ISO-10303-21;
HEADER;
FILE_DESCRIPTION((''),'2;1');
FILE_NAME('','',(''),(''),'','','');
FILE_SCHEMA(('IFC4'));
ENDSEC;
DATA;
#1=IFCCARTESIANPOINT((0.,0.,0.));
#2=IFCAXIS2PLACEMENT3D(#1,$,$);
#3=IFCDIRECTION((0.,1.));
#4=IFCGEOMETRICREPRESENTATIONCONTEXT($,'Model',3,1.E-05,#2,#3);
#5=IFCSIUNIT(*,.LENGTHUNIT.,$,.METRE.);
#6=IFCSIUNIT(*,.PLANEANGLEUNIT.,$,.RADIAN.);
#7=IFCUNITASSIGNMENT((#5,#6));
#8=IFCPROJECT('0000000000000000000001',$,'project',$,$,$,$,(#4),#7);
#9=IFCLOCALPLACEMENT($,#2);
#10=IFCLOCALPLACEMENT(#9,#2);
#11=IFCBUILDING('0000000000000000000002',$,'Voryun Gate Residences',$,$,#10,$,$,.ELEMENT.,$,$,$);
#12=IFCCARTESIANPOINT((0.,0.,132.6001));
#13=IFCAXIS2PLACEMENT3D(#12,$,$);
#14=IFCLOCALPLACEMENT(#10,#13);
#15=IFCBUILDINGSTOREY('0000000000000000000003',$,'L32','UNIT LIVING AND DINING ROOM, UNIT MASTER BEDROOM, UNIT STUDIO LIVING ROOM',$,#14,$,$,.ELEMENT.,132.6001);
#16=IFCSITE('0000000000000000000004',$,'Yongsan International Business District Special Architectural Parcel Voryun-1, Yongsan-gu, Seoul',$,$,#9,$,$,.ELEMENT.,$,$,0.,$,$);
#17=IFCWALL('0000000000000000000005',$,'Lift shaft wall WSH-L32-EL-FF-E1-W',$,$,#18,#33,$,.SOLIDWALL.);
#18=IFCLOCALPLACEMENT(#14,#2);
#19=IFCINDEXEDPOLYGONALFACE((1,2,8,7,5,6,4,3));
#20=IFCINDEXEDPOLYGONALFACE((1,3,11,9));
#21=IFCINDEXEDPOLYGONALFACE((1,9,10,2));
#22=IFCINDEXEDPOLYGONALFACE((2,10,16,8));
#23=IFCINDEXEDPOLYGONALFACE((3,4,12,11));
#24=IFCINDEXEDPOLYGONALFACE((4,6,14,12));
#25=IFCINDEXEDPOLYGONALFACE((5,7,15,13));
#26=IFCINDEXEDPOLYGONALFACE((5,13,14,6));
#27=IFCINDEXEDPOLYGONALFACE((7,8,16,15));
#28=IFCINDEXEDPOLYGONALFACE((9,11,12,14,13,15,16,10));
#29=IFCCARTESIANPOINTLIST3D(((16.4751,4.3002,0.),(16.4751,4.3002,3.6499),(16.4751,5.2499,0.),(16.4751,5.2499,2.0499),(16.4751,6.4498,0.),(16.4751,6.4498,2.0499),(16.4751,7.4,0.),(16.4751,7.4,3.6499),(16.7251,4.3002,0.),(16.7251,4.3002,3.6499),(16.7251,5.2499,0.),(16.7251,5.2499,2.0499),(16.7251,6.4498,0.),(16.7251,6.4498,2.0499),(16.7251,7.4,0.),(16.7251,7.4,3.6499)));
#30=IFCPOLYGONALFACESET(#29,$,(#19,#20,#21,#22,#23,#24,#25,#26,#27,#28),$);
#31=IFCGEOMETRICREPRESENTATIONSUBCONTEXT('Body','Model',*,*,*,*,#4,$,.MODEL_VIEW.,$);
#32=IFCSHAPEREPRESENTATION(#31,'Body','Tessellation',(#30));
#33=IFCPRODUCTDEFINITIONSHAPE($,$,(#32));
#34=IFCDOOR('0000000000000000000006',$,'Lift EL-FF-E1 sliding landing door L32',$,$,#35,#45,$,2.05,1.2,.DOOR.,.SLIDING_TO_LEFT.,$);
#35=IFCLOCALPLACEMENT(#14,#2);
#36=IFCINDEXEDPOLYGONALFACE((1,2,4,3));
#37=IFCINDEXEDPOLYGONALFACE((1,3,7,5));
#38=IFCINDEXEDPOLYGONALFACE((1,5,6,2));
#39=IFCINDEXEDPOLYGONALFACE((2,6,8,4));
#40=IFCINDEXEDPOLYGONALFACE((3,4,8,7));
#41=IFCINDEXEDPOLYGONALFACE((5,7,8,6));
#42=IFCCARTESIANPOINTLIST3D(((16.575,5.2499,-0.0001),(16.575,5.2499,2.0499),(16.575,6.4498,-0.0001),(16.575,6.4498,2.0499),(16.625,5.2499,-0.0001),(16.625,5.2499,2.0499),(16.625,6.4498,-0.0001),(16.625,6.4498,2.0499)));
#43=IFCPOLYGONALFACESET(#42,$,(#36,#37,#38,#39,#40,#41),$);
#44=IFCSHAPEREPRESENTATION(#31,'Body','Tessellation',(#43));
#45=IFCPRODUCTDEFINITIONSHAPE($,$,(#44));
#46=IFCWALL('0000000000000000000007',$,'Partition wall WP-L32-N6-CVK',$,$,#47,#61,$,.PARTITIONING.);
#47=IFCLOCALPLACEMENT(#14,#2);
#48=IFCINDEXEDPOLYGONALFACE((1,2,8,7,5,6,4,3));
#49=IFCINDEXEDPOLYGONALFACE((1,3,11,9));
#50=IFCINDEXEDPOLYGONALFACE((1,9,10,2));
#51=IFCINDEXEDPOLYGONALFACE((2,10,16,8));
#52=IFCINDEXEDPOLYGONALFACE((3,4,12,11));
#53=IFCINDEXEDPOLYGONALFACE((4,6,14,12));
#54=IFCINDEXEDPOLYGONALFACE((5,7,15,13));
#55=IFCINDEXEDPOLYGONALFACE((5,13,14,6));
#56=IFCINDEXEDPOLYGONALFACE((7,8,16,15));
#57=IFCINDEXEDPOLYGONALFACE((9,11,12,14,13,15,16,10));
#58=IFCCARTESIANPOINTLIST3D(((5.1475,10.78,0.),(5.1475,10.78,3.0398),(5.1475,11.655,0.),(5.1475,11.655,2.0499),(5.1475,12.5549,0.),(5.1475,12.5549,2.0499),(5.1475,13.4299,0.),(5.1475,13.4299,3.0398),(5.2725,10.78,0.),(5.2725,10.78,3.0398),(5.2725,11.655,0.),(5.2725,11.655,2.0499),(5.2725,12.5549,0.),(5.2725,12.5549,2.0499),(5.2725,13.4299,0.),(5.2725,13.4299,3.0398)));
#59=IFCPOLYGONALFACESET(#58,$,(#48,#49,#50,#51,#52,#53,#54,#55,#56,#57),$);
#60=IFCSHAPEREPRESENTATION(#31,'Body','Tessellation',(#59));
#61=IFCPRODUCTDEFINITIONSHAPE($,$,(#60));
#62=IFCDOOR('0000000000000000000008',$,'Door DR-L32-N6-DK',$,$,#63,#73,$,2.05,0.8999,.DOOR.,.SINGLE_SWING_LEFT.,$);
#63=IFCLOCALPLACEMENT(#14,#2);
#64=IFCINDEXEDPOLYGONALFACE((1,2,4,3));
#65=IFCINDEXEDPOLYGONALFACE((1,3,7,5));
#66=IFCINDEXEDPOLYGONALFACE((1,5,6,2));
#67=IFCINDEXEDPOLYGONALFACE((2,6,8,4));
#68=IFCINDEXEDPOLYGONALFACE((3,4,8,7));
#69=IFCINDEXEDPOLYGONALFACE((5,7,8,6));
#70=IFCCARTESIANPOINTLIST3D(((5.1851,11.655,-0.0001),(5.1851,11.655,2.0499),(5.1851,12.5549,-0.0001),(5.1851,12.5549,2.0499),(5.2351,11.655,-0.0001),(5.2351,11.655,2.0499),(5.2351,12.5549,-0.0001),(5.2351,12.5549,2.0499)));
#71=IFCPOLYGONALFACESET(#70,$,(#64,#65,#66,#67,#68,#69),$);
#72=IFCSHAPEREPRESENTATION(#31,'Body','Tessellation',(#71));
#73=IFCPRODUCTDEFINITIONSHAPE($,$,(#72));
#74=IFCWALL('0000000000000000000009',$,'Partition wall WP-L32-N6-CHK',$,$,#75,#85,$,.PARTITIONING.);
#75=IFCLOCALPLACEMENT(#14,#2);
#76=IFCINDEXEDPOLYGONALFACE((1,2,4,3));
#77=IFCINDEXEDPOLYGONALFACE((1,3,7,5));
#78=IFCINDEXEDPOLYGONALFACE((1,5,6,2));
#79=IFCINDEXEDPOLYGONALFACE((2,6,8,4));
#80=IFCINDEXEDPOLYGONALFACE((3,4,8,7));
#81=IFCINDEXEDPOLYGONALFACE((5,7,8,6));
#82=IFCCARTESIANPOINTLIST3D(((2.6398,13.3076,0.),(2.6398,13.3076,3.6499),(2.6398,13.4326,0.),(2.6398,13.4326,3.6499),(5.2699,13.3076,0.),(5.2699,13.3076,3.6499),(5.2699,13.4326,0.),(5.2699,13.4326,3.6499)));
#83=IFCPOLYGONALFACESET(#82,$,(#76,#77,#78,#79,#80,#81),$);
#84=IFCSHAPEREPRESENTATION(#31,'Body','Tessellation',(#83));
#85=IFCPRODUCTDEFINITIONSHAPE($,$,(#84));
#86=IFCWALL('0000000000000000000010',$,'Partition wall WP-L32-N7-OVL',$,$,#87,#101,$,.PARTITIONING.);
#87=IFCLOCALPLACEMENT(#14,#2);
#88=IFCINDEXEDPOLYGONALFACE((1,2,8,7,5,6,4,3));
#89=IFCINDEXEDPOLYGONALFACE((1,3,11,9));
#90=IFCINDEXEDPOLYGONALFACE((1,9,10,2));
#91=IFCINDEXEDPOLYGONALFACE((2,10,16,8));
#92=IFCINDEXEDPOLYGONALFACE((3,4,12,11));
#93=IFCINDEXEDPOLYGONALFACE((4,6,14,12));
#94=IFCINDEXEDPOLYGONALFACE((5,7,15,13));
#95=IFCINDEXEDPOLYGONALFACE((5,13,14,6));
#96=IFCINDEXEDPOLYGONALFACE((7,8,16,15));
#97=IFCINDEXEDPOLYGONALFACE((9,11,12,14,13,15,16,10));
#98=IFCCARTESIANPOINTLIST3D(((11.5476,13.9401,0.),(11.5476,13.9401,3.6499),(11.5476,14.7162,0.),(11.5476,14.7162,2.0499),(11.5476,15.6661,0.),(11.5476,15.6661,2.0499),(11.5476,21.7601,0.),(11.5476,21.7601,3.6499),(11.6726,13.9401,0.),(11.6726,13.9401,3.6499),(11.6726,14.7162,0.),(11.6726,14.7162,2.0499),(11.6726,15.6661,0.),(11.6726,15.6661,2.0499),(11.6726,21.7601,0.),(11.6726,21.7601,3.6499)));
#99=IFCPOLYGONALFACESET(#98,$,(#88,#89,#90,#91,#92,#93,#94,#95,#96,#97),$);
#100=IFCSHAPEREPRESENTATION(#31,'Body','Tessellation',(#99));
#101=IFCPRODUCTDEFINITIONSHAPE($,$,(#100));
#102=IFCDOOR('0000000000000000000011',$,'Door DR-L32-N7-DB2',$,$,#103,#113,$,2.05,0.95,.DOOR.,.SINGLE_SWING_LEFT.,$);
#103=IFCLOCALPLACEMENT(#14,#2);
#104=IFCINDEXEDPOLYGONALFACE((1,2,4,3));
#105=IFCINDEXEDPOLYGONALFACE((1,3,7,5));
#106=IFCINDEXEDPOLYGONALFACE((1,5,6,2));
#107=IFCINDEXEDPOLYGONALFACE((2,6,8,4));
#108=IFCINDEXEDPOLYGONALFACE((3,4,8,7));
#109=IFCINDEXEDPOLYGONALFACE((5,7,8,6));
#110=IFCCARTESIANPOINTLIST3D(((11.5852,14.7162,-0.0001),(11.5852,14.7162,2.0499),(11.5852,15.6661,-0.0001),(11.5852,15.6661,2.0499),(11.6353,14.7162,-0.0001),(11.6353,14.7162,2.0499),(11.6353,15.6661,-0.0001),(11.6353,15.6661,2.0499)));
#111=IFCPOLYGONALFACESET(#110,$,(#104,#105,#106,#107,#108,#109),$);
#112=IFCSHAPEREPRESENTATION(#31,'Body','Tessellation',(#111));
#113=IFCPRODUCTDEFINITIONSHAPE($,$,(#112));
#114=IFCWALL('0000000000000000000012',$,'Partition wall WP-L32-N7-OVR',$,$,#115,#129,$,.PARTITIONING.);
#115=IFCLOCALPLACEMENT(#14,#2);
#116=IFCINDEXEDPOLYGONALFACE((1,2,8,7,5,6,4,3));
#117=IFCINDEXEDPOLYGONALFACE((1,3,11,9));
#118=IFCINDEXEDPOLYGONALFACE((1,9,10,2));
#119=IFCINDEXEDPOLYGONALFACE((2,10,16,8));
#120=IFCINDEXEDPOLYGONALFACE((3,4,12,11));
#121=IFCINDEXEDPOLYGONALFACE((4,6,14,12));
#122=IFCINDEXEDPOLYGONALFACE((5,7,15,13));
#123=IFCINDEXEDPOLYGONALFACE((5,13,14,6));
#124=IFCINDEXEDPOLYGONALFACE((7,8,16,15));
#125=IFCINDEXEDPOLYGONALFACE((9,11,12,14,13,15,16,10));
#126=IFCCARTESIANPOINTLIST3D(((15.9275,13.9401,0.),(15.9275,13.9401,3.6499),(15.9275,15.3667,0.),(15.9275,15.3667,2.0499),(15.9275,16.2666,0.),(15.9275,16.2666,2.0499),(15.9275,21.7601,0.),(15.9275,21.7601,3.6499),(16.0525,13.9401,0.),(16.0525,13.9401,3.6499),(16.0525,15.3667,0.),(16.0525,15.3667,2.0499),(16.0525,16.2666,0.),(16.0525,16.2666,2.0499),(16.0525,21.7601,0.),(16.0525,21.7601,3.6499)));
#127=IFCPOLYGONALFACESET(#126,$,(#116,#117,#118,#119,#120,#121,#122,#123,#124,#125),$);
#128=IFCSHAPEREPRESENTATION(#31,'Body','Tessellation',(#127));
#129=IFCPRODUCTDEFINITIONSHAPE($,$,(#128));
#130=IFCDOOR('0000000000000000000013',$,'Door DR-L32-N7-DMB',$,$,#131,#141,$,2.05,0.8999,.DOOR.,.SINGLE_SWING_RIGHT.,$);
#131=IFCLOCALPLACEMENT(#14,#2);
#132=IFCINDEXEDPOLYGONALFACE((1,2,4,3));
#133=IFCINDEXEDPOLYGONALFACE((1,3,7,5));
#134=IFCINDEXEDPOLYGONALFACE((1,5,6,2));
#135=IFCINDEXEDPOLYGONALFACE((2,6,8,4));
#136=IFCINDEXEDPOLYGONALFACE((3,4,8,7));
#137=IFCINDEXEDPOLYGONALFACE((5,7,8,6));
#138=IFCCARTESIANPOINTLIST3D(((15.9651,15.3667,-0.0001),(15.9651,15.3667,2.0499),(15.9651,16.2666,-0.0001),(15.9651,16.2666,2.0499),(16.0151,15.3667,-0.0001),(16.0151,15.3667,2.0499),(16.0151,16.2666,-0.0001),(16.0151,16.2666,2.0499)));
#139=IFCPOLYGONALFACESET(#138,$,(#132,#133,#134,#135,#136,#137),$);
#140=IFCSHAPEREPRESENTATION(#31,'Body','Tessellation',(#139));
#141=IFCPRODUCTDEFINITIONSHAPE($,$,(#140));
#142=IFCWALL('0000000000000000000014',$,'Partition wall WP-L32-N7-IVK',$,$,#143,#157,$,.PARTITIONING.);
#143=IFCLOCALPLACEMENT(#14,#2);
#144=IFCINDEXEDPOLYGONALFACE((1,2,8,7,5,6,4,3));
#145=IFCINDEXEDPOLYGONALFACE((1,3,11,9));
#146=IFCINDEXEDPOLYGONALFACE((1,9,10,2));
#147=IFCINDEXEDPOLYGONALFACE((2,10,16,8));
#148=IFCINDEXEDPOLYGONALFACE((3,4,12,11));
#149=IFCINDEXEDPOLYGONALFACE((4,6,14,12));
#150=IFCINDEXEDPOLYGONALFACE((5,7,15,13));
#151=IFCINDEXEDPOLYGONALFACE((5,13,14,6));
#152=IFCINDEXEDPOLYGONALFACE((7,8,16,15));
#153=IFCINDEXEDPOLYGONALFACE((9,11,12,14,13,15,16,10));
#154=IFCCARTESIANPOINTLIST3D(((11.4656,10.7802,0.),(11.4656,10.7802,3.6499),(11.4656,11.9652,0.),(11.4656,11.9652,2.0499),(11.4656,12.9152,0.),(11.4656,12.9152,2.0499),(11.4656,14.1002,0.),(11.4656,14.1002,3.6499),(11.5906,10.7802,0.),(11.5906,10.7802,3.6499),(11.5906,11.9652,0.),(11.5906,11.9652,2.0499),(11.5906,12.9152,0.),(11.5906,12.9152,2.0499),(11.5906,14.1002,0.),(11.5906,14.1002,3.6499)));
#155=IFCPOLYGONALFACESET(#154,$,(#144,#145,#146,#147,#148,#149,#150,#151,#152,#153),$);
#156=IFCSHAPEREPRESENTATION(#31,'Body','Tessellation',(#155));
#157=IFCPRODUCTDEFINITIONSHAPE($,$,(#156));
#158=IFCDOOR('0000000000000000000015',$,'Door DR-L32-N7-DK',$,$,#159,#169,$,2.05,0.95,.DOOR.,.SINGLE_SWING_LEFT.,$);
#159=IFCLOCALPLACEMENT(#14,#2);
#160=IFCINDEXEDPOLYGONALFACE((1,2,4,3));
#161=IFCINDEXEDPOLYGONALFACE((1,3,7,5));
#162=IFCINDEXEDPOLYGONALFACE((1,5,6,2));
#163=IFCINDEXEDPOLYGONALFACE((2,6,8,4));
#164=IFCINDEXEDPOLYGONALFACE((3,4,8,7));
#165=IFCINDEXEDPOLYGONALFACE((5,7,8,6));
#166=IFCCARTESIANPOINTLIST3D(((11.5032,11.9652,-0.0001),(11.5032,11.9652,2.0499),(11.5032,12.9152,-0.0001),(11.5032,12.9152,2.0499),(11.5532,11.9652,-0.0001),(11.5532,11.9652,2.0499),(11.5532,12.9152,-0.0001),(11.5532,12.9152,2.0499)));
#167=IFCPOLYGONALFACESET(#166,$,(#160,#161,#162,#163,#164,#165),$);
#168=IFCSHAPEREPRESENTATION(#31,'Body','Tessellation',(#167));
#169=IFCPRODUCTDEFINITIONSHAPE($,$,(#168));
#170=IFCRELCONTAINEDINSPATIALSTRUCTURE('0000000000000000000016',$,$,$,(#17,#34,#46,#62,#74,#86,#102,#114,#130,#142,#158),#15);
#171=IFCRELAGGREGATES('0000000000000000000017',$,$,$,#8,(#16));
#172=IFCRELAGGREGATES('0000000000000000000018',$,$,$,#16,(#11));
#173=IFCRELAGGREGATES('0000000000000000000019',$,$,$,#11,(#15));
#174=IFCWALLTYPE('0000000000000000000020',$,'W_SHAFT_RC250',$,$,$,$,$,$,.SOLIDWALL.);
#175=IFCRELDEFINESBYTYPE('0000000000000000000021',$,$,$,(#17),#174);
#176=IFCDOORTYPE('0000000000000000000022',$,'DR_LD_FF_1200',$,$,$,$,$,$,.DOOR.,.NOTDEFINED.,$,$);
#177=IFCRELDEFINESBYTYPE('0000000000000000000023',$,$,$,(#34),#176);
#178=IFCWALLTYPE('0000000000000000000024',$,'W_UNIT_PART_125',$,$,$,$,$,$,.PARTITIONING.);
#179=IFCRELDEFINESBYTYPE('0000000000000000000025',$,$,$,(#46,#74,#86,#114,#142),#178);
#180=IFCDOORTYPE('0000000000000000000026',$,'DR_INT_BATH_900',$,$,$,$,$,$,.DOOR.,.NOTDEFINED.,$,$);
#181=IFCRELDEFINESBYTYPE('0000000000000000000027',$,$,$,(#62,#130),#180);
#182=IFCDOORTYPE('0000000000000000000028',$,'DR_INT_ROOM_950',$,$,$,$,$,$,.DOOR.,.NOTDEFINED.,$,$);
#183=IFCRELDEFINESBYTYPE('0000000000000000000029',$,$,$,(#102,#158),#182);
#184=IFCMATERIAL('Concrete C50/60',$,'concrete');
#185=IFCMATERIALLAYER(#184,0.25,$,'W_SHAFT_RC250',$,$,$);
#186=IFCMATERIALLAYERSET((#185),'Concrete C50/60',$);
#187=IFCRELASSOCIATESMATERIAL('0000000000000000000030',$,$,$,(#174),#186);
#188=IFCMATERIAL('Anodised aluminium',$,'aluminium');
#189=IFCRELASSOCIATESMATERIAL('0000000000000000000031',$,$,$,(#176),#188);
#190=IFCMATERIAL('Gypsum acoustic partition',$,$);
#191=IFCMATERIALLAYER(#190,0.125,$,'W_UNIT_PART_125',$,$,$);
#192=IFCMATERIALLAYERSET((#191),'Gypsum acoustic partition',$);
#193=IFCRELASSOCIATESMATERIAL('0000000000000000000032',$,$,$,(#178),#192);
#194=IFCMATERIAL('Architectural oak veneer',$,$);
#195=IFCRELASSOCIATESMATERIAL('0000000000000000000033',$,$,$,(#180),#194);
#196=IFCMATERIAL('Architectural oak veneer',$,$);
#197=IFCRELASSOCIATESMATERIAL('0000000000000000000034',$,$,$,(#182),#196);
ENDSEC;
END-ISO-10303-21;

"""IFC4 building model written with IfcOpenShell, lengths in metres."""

from ifc_helpers import new_model, si_unit, direction, frame, frame_2d, origin, place, context, subcontext, project, spatial, rectangle, extrude, material, layer, layer_set, type_object, element, fill, save


model = new_model("IFC4")

# Units and contexts
model_context = context("Model", 3, precision=1e-05, world=origin(), true_north=direction((0.0, 1.0)))
body_context = subcontext(model_context, "Body", "Model", "MODEL_VIEW")
ifc_project = project(units=[si_unit("LENGTHUNIT", "METRE"), si_unit("PLANEANGLEUNIT", "RADIAN")], contexts=[model_context])

# Site, building, storey
site_placement = place(None, origin())
site = spatial("IfcSite", under=ifc_project, at=site_placement, Name="Yongsan International Business District Special Architectural Parcel Voryun-1, Yongsan-gu, Seoul", CompositionType="ELEMENT", RefElevation=0.0)
building_placement = place(site_placement, origin())
building = spatial("IfcBuilding", under=site, at=building_placement, Name="Voryun Gate Residences", CompositionType="ELEMENT")
storey_placement = place(building_placement, frame((0.0, 0.0, 132.6001)))
storey = spatial("IfcBuildingStorey", under=building, at=storey_placement, Name="L32", Description="UNIT LIVING AND DINING ROOM, UNIT MASTER BEDROOM, UNIT STUDIO LIVING ROOM", CompositionType="ELEMENT", Elevation=132.6001)

# Walls, openings, doors
ifc_material_1 = material(Name="Concrete C50/60", Category="concrete")
ifc_layer_1 = layer(ifc_material_1, 0.25, Name="W_SHAFT_RC250")
ifc_layer_set_1 = layer_set([ifc_layer_1], Name="Concrete C50/60")
wall_type_1 = type_object("IfcWallType", Name="W_SHAFT_RC250", PredefinedType="SOLIDWALL", material=ifc_layer_set_1)
wall_1_placement = place(storey_placement, frame((16.6001, 7.3999, 0.0), z_axis=(0.0, 0.0, 1.0), x_axis=(0.0, -1.0, 0.0)))
wall_1 = element("IfcWall", 1, at=wall_1_placement, inside=storey, type_object=wall_type_1, Name="Lift shaft wall WSH-L32-EL-FF-E1-W", PredefinedType="SOLIDWALL", context=body_context, shape_type="SweptSolid", body=[
    extrude(rectangle(XDim=3.0999, YDim=0.25, at=frame_2d((1.5498, 0.0))), origin(), (0.0, 0.0, 1.0), 3.6499),
])
opening_1_placement = place(wall_1_placement, frame((0.95, 0.0, 0.0)))
opening_1 = element("IfcOpeningElement", 2, at=opening_1_placement, cuts=wall_1, PredefinedType="OPENING", context=body_context, shape_type="SweptSolid", body=[
    extrude(rectangle(XDim=1.2, YDim=2.05, at=frame_2d((0.6001, 1.0249))), frame((0.0, 0.135, 0.0), z_axis=(0.0, -1.0, 0.0), x_axis=(1.0, 0.0, 0.0)), (0.0, 0.0, 1.0), 0.27),
])
ifc_material_2 = material(Name="Anodised aluminium", Category="aluminium")
door_type_1 = type_object("IfcDoorType", Name="DR_LD_FF_1200", OperationType="NOTDEFINED", PredefinedType="DOOR", material=ifc_material_2)
door_1_placement = place(opening_1_placement, origin())
door_1 = element("IfcDoor", 3, at=door_1_placement, inside=storey, type_object=door_type_1, Name="Lift EL-FF-E1 sliding landing door L32", OperationType="SLIDING_TO_LEFT", OverallHeight=2.05, OverallWidth=1.2, PredefinedType="DOOR", context=body_context, shape_type="SweptSolid", body=[
    extrude(rectangle(XDim=1.2, YDim=2.05, at=frame_2d((0.6001, 1.0249))), frame((0.0, 0.0249, 0.0), z_axis=(0.0, -1.0, 0.0), x_axis=(1.0, 0.0, 0.0)), (0.0, 0.0, 1.0), 0.05),
])
fill(opening_1, door_1)
ifc_material_3 = material(Name="Gypsum acoustic partition")
ifc_layer_2 = layer(ifc_material_3, 0.125, Name="W_UNIT_PART_125")
ifc_layer_set_2 = layer_set([ifc_layer_2], Name="Gypsum acoustic partition")
wall_type_2 = type_object("IfcWallType", Name="W_UNIT_PART_125", PredefinedType="PARTITIONING", material=ifc_layer_set_2)
wall_2_placement = place(storey_placement, frame((5.21, 10.78, 0.0), z_axis=(0.0, 0.0, 1.0), x_axis=(0.0, 1.0, 0.0)))
wall_2 = element("IfcWall", 4, at=wall_2_placement, inside=storey, type_object=wall_type_2, Name="Partition wall WP-L32-N6-CVK", PredefinedType="PARTITIONING", context=body_context, shape_type="SweptSolid", body=[
    extrude(rectangle(XDim=2.6499, YDim=0.125, at=frame_2d((1.325, 0.0))), origin(), (0.0, 0.0, 1.0), 3.0398),
])
opening_2_placement = place(wall_2_placement, frame((0.875, 0.0, 0.0)))
opening_2 = element("IfcOpeningElement", 5, at=opening_2_placement, cuts=wall_2, PredefinedType="OPENING", context=body_context, shape_type="SweptSolid", body=[
    extrude(rectangle(XDim=0.8999, YDim=2.05, at=frame_2d((0.45, 1.0249))), frame((0.0, 0.0725, 0.0), z_axis=(0.0, -1.0, 0.0), x_axis=(1.0, 0.0, 0.0)), (0.0, 0.0, 1.0), 0.145),
])
ifc_material_4 = material(Name="Architectural oak veneer")
door_type_2 = type_object("IfcDoorType", Name="DR_INT_BATH_900", OperationType="NOTDEFINED", PredefinedType="DOOR", material=ifc_material_4)
door_2_placement = place(opening_2_placement, origin())
door_2 = element("IfcDoor", 6, at=door_2_placement, inside=storey, type_object=door_type_2, Name="Door DR-L32-N6-DK", OperationType="SINGLE_SWING_LEFT", OverallHeight=2.05, OverallWidth=0.8999, PredefinedType="DOOR", context=body_context, shape_type="SweptSolid", body=[
    extrude(rectangle(XDim=0.8999, YDim=2.05, at=frame_2d((0.45, 1.0249))), frame((0.0, 0.0249, 0.0), z_axis=(0.0, -1.0, 0.0), x_axis=(1.0, 0.0, 0.0)), (0.0, 0.0, 1.0), 0.05),
])
fill(opening_2, door_2)

# Wall
wall_3_placement = place(storey_placement, frame((2.6399, 13.3701, 0.0), z_axis=(0.0, 0.0, 1.0), x_axis=(1.0, 0.0, 0.0)))
element("IfcWall", 7, at=wall_3_placement, inside=storey, type_object=wall_type_2, Name="Partition wall WP-L32-N6-CHK", PredefinedType="PARTITIONING", context=body_context, shape_type="SweptSolid", body=[
    extrude(rectangle(XDim=2.6301, YDim=0.125, at=frame_2d((1.3149, 0.0))), origin(), (0.0, 0.0, 1.0), 3.6499),
])

# Walls, openings, doors
wall_4_placement = place(storey_placement, frame((11.6101, 13.9399, 0.0), z_axis=(0.0, 0.0, 1.0), x_axis=(0.0, 1.0, 0.0)))
wall_4 = element("IfcWall", 8, at=wall_4_placement, inside=storey, type_object=wall_type_2, Name="Partition wall WP-L32-N7-OVL", PredefinedType="PARTITIONING", context=body_context, shape_type="SweptSolid", body=[
    extrude(rectangle(XDim=7.8201, YDim=0.125, at=frame_2d((3.9102, 0.0))), origin(), (0.0, 0.0, 1.0), 3.6499),
])
opening_3_placement = place(wall_4_placement, frame((0.7761, 0.0, 0.0)))
opening_3 = element("IfcOpeningElement", 9, at=opening_3_placement, cuts=wall_4, PredefinedType="OPENING", context=body_context, shape_type="SweptSolid", body=[
    extrude(rectangle(XDim=0.95, YDim=2.05, at=frame_2d((0.4751, 1.0249))), frame((0.0, 0.0725, 0.0), z_axis=(0.0, -1.0, 0.0), x_axis=(1.0, 0.0, 0.0)), (0.0, 0.0, 1.0), 0.145),
])
ifc_material_5 = material(Name="Architectural oak veneer")
door_type_3 = type_object("IfcDoorType", Name="DR_INT_ROOM_950", OperationType="NOTDEFINED", PredefinedType="DOOR", material=ifc_material_5)
door_3_placement = place(opening_3_placement, origin())
door_3 = element("IfcDoor", 10, at=door_3_placement, inside=storey, type_object=door_type_3, Name="Door DR-L32-N7-DB2", OperationType="SINGLE_SWING_LEFT", OverallHeight=2.05, OverallWidth=0.95, PredefinedType="DOOR", context=body_context, shape_type="SweptSolid", body=[
    extrude(rectangle(XDim=0.95, YDim=2.05, at=frame_2d((0.4751, 1.0249))), frame((0.0, 0.0249, 0.0), z_axis=(0.0, -1.0, 0.0), x_axis=(1.0, 0.0, 0.0)), (0.0, 0.0, 1.0), 0.05),
])
fill(opening_3, door_3)
wall_5_placement = place(storey_placement, frame((15.99, 13.9399, 0.0), z_axis=(0.0, 0.0, 1.0), x_axis=(0.0, 1.0, 0.0)))
wall_5 = element("IfcWall", 11, at=wall_5_placement, inside=storey, type_object=wall_type_2, Name="Partition wall WP-L32-N7-OVR", PredefinedType="PARTITIONING", context=body_context, shape_type="SweptSolid", body=[
    extrude(rectangle(XDim=7.8201, YDim=0.125, at=frame_2d((3.9102, 0.0))), origin(), (0.0, 0.0, 1.0), 3.6499),
])
opening_4_placement = place(wall_5_placement, frame((1.4268, 0.0, 0.0)))
opening_4 = element("IfcOpeningElement", 12, at=opening_4_placement, cuts=wall_5, PredefinedType="OPENING", context=body_context, shape_type="SweptSolid", body=[
    extrude(rectangle(XDim=0.8999, YDim=2.05, at=frame_2d((0.45, 1.0249))), frame((0.0, 0.0725, 0.0), z_axis=(0.0, -1.0, 0.0), x_axis=(1.0, 0.0, 0.0)), (0.0, 0.0, 1.0), 0.145),
])
door_4_placement = place(opening_4_placement, origin())
door_4 = element("IfcDoor", 13, at=door_4_placement, inside=storey, type_object=door_type_2, Name="Door DR-L32-N7-DMB", OperationType="SINGLE_SWING_RIGHT", OverallHeight=2.05, OverallWidth=0.8999, PredefinedType="DOOR", context=body_context, shape_type="SweptSolid", body=[
    extrude(rectangle(XDim=0.8999, YDim=2.05, at=frame_2d((0.45, 1.0249))), frame((0.0, 0.0249, 0.0), z_axis=(0.0, -1.0, 0.0), x_axis=(1.0, 0.0, 0.0)), (0.0, 0.0, 1.0), 0.05),
])
fill(opening_4, door_4)
wall_6_placement = place(storey_placement, frame((11.5281, 10.78, 0.0), z_axis=(0.0, 0.0, 1.0), x_axis=(0.0, 1.0, 0.0)))
wall_6 = element("IfcWall", 14, at=wall_6_placement, inside=storey, type_object=wall_type_2, Name="Partition wall WP-L32-N7-IVK", PredefinedType="PARTITIONING", context=body_context, shape_type="SweptSolid", body=[
    extrude(rectangle(XDim=3.3201, YDim=0.125, at=frame_2d((1.6602, 0.0))), origin(), (0.0, 0.0, 1.0), 3.6499),
])
opening_5_placement = place(wall_6_placement, frame((1.1851, 0.0, 0.0)))
opening_5 = element("IfcOpeningElement", 15, at=opening_5_placement, cuts=wall_6, PredefinedType="OPENING", context=body_context, shape_type="SweptSolid", body=[
    extrude(rectangle(XDim=0.95, YDim=2.05, at=frame_2d((0.4751, 1.0249))), frame((0.0, 0.0725, 0.0), z_axis=(0.0, -1.0, 0.0), x_axis=(1.0, 0.0, 0.0)), (0.0, 0.0, 1.0), 0.145),
])
door_5_placement = place(opening_5_placement, origin())
door_5 = element("IfcDoor", 16, at=door_5_placement, inside=storey, type_object=door_type_3, Name="Door DR-L32-N7-DK", OperationType="SINGLE_SWING_LEFT", OverallHeight=2.05, OverallWidth=0.95, PredefinedType="DOOR", context=body_context, shape_type="SweptSolid", body=[
    extrude(rectangle(XDim=0.95, YDim=2.05, at=frame_2d((0.4751, 1.0249))), frame((0.0, 0.0249, 0.0), z_axis=(0.0, -1.0, 0.0), x_axis=(1.0, 0.0, 0.0)), (0.0, 0.0, 1.0), 0.05),
])
fill(opening_5, door_5)

save(model, "model.ifc")
